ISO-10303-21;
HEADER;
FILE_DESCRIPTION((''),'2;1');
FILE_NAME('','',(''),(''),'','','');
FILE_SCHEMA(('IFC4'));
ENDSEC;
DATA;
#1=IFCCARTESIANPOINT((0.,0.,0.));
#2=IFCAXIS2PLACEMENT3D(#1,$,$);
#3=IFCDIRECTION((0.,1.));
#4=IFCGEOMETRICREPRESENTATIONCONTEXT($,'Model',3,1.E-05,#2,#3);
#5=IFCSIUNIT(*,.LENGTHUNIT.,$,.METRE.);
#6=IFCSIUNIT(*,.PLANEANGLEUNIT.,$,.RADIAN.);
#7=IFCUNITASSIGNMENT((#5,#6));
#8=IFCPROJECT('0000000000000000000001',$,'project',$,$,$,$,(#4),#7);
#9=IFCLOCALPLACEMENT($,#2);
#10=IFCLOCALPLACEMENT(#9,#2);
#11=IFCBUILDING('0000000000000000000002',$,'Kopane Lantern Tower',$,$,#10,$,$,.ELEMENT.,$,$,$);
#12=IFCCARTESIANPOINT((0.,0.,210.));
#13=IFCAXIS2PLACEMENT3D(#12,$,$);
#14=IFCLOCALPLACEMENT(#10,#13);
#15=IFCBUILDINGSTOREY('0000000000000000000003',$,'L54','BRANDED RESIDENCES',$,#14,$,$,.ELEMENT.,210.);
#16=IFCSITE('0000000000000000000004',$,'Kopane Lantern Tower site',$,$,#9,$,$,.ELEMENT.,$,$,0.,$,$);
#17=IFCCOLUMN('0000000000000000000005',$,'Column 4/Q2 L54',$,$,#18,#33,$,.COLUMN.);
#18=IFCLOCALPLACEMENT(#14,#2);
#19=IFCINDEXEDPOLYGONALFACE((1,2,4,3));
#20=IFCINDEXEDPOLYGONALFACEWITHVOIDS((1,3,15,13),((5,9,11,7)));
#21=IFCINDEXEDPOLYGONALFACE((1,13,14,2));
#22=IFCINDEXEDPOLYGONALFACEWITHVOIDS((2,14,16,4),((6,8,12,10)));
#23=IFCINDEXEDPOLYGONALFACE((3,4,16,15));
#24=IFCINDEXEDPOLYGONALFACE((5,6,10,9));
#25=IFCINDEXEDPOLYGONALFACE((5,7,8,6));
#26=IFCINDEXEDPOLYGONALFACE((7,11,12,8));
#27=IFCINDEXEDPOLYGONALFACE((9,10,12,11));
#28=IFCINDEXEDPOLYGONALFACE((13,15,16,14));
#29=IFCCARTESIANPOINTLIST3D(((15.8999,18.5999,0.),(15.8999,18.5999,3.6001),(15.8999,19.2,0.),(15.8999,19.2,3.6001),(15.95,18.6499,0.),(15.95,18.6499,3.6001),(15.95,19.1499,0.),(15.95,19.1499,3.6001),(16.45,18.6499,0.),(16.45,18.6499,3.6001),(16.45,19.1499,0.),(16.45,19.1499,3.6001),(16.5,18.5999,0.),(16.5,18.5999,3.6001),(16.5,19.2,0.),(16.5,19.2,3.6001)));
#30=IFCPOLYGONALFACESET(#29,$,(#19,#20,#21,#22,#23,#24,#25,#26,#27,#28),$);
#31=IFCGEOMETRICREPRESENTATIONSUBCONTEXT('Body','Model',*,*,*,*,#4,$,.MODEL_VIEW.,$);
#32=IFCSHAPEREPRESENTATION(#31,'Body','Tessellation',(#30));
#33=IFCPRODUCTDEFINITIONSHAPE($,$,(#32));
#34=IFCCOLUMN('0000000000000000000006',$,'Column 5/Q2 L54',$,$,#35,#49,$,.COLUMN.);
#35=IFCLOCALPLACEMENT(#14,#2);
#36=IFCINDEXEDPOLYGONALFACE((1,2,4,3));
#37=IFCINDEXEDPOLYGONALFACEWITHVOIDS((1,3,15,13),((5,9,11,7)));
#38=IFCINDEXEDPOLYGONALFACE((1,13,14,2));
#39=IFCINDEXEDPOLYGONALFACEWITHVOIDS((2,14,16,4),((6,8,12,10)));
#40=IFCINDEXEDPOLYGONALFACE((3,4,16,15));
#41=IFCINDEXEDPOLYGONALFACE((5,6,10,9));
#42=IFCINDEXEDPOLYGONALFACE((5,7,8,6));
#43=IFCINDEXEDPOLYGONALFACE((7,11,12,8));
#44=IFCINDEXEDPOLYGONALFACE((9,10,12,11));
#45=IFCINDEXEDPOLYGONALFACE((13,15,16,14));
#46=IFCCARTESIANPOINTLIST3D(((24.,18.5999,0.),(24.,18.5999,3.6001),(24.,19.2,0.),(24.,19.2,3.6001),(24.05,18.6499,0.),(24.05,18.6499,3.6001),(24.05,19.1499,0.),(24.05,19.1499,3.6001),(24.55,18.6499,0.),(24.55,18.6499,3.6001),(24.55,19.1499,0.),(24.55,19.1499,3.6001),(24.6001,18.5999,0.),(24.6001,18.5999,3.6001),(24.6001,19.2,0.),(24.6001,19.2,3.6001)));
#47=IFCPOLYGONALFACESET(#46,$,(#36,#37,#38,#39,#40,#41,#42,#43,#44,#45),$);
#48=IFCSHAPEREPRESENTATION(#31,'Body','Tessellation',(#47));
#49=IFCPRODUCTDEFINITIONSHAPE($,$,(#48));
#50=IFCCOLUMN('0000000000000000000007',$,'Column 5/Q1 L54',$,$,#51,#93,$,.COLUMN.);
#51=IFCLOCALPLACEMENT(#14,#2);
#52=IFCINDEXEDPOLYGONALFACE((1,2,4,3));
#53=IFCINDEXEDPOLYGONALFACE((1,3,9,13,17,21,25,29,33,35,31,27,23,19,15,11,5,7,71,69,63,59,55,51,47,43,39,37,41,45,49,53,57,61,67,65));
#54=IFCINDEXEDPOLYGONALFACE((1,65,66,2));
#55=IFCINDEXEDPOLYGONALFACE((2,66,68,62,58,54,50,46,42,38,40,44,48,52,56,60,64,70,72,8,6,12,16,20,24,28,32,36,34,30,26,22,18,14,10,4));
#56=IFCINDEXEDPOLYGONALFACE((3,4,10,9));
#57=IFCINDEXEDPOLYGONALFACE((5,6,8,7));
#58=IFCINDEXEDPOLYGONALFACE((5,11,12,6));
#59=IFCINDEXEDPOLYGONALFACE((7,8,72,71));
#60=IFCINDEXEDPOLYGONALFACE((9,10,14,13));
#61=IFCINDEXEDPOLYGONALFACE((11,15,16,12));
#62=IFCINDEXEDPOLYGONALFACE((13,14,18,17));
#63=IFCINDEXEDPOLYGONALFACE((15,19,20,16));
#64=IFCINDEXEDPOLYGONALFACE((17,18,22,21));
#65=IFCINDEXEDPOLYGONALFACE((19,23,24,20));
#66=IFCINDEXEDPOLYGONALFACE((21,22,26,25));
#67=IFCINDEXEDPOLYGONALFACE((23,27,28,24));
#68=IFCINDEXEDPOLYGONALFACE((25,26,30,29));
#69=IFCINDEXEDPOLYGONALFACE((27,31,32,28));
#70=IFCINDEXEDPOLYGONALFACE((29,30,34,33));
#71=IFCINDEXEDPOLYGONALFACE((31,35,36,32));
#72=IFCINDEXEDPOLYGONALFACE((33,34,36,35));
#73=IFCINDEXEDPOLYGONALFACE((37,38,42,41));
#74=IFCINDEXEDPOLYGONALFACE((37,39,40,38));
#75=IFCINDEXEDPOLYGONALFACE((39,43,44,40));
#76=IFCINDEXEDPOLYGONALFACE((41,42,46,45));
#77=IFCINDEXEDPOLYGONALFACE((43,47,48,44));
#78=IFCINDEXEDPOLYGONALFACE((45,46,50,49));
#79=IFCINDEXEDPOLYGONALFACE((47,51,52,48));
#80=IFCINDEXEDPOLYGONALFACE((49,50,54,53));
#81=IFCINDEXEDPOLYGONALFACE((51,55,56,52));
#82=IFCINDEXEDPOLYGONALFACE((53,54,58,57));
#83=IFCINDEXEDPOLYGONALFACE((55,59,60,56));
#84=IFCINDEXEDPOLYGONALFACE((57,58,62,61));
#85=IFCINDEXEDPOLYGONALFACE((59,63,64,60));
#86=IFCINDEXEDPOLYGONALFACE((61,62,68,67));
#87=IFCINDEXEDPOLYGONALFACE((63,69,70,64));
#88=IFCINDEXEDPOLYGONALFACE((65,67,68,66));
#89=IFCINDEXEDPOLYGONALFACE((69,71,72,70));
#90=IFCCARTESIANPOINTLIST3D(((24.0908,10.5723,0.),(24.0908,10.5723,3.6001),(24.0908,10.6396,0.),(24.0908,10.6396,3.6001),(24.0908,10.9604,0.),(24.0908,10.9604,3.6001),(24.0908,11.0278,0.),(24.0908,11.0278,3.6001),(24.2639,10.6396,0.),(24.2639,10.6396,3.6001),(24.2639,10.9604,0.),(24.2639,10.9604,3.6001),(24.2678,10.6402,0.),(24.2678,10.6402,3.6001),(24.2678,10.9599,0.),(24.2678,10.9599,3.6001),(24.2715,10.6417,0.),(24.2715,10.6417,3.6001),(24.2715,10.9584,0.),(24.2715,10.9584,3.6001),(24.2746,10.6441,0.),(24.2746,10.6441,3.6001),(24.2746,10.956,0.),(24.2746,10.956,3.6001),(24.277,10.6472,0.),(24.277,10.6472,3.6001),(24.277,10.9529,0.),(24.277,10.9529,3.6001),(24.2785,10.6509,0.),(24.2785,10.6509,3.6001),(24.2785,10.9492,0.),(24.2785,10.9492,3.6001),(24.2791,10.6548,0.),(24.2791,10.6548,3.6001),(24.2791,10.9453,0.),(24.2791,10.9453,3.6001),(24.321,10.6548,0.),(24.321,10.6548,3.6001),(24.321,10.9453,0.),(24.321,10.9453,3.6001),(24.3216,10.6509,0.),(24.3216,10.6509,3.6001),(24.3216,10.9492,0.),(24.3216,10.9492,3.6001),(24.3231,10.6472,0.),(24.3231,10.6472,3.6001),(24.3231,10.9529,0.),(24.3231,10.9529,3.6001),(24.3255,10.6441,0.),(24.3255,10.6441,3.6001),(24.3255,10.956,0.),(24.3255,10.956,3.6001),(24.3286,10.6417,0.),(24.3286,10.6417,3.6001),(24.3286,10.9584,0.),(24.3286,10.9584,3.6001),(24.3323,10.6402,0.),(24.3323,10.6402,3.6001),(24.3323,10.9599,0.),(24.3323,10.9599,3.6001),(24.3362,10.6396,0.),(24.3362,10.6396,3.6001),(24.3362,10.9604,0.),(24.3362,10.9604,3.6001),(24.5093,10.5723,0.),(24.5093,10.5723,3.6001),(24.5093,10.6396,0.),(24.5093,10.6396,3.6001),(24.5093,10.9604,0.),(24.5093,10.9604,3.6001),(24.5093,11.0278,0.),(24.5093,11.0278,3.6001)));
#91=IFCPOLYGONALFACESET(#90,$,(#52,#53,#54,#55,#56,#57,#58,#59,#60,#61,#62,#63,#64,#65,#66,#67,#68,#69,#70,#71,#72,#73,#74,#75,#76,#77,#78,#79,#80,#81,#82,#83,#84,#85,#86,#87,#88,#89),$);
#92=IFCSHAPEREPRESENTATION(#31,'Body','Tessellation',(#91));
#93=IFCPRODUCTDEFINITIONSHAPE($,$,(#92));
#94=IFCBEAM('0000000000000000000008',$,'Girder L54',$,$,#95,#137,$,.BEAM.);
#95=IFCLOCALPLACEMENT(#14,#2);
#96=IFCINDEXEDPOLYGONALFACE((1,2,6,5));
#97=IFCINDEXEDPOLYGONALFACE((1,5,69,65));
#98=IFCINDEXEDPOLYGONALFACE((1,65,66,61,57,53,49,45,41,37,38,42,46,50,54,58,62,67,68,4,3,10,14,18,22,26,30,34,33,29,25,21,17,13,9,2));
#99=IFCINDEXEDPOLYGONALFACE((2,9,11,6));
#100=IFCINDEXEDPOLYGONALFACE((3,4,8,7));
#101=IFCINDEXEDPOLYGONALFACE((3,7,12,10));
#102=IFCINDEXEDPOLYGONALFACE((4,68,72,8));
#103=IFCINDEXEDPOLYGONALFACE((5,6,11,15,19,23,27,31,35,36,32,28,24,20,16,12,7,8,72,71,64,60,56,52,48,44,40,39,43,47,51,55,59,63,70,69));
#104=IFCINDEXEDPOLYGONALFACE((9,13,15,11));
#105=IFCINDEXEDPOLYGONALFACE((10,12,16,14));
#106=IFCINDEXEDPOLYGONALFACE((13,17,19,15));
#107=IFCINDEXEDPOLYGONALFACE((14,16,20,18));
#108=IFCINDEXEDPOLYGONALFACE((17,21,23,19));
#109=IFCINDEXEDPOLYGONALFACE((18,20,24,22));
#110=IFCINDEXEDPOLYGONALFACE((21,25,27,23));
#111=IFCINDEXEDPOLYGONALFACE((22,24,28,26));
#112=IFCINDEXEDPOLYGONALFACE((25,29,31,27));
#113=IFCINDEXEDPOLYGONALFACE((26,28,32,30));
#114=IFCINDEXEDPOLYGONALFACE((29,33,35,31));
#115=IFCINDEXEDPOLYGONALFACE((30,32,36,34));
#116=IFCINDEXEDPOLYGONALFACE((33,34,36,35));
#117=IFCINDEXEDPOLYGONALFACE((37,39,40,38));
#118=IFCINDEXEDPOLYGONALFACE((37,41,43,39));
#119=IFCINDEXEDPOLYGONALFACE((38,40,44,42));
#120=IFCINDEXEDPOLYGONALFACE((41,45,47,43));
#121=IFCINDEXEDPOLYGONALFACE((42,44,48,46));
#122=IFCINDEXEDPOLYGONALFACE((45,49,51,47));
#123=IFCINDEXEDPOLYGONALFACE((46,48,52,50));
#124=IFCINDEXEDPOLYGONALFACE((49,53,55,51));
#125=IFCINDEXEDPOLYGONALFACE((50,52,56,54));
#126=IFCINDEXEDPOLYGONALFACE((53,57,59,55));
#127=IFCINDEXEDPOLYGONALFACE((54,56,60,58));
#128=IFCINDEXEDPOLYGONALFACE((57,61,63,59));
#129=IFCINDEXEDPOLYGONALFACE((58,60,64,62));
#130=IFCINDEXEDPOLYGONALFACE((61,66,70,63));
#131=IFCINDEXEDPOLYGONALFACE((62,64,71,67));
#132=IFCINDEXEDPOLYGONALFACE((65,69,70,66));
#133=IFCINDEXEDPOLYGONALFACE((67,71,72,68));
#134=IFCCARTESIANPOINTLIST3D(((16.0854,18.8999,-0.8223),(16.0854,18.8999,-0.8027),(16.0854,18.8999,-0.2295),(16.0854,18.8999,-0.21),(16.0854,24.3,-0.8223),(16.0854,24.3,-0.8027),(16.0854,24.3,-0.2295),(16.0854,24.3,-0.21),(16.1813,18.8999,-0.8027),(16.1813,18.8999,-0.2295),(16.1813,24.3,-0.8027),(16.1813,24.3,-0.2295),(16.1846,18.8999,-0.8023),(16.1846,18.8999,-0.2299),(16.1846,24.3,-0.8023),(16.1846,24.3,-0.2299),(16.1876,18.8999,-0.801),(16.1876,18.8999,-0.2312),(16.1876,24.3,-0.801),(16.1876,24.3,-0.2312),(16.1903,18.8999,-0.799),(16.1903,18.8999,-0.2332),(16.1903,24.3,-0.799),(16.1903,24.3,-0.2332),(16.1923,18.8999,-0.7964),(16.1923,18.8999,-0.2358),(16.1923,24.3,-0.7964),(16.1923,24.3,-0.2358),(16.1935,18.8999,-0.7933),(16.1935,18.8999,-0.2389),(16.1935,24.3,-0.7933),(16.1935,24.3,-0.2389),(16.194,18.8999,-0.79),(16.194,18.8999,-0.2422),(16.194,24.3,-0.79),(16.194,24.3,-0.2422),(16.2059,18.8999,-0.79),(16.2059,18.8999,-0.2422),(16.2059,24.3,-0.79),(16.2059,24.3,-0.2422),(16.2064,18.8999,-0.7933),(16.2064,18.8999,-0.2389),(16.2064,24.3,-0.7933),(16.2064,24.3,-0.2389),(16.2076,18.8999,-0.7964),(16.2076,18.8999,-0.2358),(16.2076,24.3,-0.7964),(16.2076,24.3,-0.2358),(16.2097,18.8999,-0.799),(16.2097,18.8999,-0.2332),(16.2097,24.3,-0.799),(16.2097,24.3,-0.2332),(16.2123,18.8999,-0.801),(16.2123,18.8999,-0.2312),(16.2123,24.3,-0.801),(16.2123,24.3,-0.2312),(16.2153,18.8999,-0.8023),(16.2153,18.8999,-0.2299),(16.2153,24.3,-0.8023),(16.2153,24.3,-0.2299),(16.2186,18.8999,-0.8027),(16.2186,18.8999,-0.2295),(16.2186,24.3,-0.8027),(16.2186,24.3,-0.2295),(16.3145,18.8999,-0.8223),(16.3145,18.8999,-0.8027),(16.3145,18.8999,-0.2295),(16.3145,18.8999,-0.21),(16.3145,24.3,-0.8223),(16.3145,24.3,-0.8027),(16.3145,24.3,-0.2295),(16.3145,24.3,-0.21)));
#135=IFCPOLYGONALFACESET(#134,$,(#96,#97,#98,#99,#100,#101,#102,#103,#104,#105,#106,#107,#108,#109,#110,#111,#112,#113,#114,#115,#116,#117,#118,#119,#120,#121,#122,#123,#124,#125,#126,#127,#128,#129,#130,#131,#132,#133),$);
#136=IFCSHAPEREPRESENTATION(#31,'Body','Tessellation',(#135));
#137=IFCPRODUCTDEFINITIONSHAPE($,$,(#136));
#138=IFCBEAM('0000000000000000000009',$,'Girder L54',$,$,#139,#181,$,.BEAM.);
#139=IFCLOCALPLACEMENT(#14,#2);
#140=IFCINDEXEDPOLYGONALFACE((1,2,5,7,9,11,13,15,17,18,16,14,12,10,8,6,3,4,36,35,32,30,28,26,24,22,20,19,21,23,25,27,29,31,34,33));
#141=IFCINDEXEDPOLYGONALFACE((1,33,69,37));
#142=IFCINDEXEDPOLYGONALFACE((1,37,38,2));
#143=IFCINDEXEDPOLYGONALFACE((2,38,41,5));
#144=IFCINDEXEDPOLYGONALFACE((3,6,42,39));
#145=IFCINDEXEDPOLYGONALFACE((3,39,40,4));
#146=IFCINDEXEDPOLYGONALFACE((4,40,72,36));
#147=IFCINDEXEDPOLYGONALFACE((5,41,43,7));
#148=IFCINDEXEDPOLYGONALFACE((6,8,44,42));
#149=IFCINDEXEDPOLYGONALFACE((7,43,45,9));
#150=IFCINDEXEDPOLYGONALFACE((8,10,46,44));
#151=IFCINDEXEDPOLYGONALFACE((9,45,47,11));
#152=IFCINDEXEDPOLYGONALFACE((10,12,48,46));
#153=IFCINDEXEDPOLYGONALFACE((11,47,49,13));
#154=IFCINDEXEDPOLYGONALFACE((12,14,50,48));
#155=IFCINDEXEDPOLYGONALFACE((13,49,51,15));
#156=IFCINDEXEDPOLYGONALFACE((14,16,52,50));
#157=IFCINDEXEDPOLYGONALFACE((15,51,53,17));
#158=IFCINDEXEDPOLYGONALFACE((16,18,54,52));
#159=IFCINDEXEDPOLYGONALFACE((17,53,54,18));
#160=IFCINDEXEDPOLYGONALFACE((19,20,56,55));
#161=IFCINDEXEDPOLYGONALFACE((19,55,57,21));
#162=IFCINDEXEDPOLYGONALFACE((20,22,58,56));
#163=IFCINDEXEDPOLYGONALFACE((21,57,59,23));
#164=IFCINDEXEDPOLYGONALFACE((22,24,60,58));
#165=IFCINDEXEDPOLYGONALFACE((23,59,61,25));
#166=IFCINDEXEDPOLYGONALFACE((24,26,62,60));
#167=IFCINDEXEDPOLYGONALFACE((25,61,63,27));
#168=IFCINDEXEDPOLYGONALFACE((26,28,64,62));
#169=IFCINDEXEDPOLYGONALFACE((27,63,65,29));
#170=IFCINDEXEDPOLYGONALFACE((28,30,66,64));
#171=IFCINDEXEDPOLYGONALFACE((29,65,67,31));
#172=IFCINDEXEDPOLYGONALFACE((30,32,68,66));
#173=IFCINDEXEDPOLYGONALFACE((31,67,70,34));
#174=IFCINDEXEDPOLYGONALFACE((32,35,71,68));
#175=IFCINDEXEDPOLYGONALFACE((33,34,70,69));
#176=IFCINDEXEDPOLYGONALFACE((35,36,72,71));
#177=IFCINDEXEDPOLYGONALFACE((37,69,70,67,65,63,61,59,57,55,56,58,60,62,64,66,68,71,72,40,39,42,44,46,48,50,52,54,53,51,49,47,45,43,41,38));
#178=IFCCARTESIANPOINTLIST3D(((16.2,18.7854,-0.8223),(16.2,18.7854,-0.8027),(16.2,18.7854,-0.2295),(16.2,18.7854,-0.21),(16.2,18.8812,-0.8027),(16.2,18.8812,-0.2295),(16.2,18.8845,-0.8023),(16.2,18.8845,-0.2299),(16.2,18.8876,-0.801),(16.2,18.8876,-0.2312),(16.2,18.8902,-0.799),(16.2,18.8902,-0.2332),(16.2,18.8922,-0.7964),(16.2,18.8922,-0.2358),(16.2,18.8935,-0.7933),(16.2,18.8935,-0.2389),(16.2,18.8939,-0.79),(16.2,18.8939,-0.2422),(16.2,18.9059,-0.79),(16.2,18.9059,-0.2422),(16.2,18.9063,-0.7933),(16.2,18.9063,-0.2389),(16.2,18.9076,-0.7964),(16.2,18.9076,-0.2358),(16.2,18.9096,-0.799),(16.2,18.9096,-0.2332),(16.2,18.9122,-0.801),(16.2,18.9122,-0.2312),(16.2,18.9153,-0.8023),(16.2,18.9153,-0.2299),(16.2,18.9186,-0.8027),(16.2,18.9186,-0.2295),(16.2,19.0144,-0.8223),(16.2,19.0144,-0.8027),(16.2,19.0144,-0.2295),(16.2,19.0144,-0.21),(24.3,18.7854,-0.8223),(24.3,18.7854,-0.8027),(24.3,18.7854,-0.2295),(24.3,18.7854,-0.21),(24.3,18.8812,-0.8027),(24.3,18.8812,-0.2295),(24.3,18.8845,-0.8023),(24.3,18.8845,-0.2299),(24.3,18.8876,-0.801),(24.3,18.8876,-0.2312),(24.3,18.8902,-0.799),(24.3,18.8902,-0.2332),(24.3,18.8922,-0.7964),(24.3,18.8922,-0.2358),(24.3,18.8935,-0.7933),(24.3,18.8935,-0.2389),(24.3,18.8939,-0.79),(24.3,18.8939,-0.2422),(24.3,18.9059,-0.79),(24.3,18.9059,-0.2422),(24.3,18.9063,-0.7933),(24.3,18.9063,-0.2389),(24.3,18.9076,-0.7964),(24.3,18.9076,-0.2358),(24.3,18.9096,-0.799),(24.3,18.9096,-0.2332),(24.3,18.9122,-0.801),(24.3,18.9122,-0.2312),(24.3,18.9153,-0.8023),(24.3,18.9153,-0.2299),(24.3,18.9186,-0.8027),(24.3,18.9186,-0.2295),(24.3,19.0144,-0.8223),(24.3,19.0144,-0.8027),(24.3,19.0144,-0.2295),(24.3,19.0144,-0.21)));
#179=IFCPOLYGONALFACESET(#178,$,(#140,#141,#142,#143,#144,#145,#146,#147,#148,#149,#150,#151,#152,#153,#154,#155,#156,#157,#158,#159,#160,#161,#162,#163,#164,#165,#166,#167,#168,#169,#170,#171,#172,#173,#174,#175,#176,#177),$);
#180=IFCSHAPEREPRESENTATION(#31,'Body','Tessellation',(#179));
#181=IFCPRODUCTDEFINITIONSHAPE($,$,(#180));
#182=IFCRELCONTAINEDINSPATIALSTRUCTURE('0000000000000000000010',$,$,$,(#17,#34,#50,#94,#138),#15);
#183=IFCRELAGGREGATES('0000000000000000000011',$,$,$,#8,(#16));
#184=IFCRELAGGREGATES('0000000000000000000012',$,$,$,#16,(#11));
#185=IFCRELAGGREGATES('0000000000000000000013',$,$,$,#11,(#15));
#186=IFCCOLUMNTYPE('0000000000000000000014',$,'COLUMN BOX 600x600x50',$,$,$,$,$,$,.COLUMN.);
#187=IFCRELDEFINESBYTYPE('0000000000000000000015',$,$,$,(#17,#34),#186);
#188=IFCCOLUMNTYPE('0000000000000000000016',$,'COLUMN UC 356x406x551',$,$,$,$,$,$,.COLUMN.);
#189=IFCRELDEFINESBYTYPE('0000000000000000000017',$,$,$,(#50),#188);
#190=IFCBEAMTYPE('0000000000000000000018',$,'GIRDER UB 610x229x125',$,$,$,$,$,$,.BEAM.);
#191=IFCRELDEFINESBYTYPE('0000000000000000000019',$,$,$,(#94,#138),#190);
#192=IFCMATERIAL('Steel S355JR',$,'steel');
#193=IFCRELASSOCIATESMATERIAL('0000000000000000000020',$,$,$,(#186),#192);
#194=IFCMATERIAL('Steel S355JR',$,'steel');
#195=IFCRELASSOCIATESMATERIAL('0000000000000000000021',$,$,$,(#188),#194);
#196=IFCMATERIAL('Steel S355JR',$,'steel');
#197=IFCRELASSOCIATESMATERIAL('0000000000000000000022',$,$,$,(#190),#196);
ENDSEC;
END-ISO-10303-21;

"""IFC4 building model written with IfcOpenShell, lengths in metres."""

from ifc_helpers import new_model, si_unit, direction, frame, origin, origin_2d, place, context, subcontext, project, spatial, hollow_rectangle, i_section, extrude, material, material_profile, profile_set, type_object, element, save


model = new_model("IFC4")

# Units and contexts
model_context = context("Model", 3, precision=1e-05, world=origin(), true_north=direction((0.0, 1.0)))
body_context = subcontext(model_context, "Body", "Model", "MODEL_VIEW")
ifc_project = project(units=[si_unit("LENGTHUNIT", "METRE"), si_unit("PLANEANGLEUNIT", "RADIAN")], contexts=[model_context])

# Site, building, storey
site_placement = place(None, origin())
site = spatial("IfcSite", under=ifc_project, at=site_placement, Name="Kopane Lantern Tower site", CompositionType="ELEMENT", RefElevation=0.0)
building_placement = place(site_placement, origin())
building = spatial("IfcBuilding", under=site, at=building_placement, Name="Kopane Lantern Tower", CompositionType="ELEMENT")
storey_placement = place(building_placement, frame((0.0, 0.0, 210.0)))
storey = spatial("IfcBuildingStorey", under=building, at=storey_placement, Name="L54", Description="BRANDED RESIDENCES", CompositionType="ELEMENT", Elevation=210.0)

# Columns
ifc_material_1 = material(Name="Steel S355JR", Category="steel")
ifc_material_profile_1 = material_profile(ifc_material_1, hollow_rectangle(XDim=0.6001, YDim=0.6001, WallThickness=0.05, at=origin_2d()), Name="BOX 600x600x50")
ifc_profile_set_1 = profile_set([ifc_material_profile_1], Name="Steel S355JR")
column_type_1 = type_object("IfcColumnType", Name="COLUMN BOX 600x600x50", PredefinedType="COLUMN", material=ifc_profile_set_1)
for number, where, z_axis, x_axis, name in (
    (1, (16.2, 18.8999, 0.0), (0.0, 0.0, 1.0), (1.0, 0.0, 0.0), "Column 4/Q2 L54"),
    (2, (24.3, 18.8999, 0.0), (0.0, 0.0, 1.0), (1.0, 0.0, 0.0), "Column 5/Q2 L54"),
):
    element("IfcColumn", number, at=place(storey_placement, frame(where, z_axis=z_axis, x_axis=x_axis)), inside=storey, type_object=column_type_1, Name=name, PredefinedType="COLUMN", context=body_context, shape_type="SweptSolid", body=[
        extrude(hollow_rectangle(XDim=0.6001, YDim=0.6001, WallThickness=0.05, at=origin_2d()), origin(), (0.0, 0.0, 1.0), 3.6001),
    ])
ifc_material_2 = material(Name="Steel S355JR", Category="steel")
ifc_material_profile_2 = material_profile(ifc_material_2, i_section(OverallWidth=0.4185, OverallDepth=0.4556, WebThickness=0.042, FlangeThickness=0.0674, FilletRadius=0.0151, at=origin_2d()), Name="UC 356x406x551")
ifc_profile_set_2 = profile_set([ifc_material_profile_2], Name="Steel S355JR")
column_type_2 = type_object("IfcColumnType", Name="COLUMN UC 356x406x551", PredefinedType="COLUMN", material=ifc_profile_set_2)
column_placement = place(storey_placement, frame((24.3, 10.8, 0.0), z_axis=(0.0, 0.0, 1.0), x_axis=(1.0, 0.0, 0.0)))
element("IfcColumn", 3, at=column_placement, inside=storey, type_object=column_type_2, Name="Column 5/Q1 L54", PredefinedType="COLUMN", context=body_context, shape_type="SweptSolid", body=[
    extrude(i_section(OverallWidth=0.4185, OverallDepth=0.4556, WebThickness=0.042, FlangeThickness=0.0674, FilletRadius=0.0151, at=origin_2d()), origin(), (0.0, 0.0, 1.0), 3.6001),
])

# Beams
ifc_material_3 = material(Name="Steel S355JR", Category="steel")
ifc_material_profile_3 = material_profile(ifc_material_3, i_section(OverallWidth=0.229, OverallDepth=0.6123, WebThickness=0.012, FlangeThickness=0.0195, FilletRadius=0.0127, at=origin_2d()), Name="UB 610x229x125")
ifc_profile_set_3 = profile_set([ifc_material_profile_3], Name="Steel S355JR")
beam_type = type_object("IfcBeamType", Name="GIRDER UB 610x229x125", PredefinedType="BEAM", material=ifc_profile_set_3)
beam_1_placement = place(storey_placement, frame((16.2, 18.8999, -0.5161), z_axis=(0.0, 1.0, 0.0), x_axis=(-1.0, 0.0, 0.0)))
element("IfcBeam", 4, at=beam_1_placement, inside=storey, type_object=beam_type, Name="Girder L54", PredefinedType="BEAM", context=body_context, shape_type="SweptSolid", body=[
    extrude(i_section(OverallWidth=0.229, OverallDepth=0.6123, WebThickness=0.012, FlangeThickness=0.0195, FilletRadius=0.0127, at=origin_2d()), origin(), (0.0, 0.0, 1.0), 5.4001),
])
beam_2_placement = place(storey_placement, frame((16.2, 18.8999, -0.5161), z_axis=(1.0, 0.0, 0.0), x_axis=(0.0, 1.0, 0.0)))
element("IfcBeam", 5, at=beam_2_placement, inside=storey, type_object=beam_type, Name="Girder L54", PredefinedType="BEAM", context=body_context, shape_type="SweptSolid", body=[
    extrude(i_section(OverallWidth=0.229, OverallDepth=0.6123, WebThickness=0.012, FlangeThickness=0.0195, FilletRadius=0.0127, at=origin_2d()), origin(), (0.0, 0.0, 1.0), 8.1001),
])

save(model, "model.ifc")
